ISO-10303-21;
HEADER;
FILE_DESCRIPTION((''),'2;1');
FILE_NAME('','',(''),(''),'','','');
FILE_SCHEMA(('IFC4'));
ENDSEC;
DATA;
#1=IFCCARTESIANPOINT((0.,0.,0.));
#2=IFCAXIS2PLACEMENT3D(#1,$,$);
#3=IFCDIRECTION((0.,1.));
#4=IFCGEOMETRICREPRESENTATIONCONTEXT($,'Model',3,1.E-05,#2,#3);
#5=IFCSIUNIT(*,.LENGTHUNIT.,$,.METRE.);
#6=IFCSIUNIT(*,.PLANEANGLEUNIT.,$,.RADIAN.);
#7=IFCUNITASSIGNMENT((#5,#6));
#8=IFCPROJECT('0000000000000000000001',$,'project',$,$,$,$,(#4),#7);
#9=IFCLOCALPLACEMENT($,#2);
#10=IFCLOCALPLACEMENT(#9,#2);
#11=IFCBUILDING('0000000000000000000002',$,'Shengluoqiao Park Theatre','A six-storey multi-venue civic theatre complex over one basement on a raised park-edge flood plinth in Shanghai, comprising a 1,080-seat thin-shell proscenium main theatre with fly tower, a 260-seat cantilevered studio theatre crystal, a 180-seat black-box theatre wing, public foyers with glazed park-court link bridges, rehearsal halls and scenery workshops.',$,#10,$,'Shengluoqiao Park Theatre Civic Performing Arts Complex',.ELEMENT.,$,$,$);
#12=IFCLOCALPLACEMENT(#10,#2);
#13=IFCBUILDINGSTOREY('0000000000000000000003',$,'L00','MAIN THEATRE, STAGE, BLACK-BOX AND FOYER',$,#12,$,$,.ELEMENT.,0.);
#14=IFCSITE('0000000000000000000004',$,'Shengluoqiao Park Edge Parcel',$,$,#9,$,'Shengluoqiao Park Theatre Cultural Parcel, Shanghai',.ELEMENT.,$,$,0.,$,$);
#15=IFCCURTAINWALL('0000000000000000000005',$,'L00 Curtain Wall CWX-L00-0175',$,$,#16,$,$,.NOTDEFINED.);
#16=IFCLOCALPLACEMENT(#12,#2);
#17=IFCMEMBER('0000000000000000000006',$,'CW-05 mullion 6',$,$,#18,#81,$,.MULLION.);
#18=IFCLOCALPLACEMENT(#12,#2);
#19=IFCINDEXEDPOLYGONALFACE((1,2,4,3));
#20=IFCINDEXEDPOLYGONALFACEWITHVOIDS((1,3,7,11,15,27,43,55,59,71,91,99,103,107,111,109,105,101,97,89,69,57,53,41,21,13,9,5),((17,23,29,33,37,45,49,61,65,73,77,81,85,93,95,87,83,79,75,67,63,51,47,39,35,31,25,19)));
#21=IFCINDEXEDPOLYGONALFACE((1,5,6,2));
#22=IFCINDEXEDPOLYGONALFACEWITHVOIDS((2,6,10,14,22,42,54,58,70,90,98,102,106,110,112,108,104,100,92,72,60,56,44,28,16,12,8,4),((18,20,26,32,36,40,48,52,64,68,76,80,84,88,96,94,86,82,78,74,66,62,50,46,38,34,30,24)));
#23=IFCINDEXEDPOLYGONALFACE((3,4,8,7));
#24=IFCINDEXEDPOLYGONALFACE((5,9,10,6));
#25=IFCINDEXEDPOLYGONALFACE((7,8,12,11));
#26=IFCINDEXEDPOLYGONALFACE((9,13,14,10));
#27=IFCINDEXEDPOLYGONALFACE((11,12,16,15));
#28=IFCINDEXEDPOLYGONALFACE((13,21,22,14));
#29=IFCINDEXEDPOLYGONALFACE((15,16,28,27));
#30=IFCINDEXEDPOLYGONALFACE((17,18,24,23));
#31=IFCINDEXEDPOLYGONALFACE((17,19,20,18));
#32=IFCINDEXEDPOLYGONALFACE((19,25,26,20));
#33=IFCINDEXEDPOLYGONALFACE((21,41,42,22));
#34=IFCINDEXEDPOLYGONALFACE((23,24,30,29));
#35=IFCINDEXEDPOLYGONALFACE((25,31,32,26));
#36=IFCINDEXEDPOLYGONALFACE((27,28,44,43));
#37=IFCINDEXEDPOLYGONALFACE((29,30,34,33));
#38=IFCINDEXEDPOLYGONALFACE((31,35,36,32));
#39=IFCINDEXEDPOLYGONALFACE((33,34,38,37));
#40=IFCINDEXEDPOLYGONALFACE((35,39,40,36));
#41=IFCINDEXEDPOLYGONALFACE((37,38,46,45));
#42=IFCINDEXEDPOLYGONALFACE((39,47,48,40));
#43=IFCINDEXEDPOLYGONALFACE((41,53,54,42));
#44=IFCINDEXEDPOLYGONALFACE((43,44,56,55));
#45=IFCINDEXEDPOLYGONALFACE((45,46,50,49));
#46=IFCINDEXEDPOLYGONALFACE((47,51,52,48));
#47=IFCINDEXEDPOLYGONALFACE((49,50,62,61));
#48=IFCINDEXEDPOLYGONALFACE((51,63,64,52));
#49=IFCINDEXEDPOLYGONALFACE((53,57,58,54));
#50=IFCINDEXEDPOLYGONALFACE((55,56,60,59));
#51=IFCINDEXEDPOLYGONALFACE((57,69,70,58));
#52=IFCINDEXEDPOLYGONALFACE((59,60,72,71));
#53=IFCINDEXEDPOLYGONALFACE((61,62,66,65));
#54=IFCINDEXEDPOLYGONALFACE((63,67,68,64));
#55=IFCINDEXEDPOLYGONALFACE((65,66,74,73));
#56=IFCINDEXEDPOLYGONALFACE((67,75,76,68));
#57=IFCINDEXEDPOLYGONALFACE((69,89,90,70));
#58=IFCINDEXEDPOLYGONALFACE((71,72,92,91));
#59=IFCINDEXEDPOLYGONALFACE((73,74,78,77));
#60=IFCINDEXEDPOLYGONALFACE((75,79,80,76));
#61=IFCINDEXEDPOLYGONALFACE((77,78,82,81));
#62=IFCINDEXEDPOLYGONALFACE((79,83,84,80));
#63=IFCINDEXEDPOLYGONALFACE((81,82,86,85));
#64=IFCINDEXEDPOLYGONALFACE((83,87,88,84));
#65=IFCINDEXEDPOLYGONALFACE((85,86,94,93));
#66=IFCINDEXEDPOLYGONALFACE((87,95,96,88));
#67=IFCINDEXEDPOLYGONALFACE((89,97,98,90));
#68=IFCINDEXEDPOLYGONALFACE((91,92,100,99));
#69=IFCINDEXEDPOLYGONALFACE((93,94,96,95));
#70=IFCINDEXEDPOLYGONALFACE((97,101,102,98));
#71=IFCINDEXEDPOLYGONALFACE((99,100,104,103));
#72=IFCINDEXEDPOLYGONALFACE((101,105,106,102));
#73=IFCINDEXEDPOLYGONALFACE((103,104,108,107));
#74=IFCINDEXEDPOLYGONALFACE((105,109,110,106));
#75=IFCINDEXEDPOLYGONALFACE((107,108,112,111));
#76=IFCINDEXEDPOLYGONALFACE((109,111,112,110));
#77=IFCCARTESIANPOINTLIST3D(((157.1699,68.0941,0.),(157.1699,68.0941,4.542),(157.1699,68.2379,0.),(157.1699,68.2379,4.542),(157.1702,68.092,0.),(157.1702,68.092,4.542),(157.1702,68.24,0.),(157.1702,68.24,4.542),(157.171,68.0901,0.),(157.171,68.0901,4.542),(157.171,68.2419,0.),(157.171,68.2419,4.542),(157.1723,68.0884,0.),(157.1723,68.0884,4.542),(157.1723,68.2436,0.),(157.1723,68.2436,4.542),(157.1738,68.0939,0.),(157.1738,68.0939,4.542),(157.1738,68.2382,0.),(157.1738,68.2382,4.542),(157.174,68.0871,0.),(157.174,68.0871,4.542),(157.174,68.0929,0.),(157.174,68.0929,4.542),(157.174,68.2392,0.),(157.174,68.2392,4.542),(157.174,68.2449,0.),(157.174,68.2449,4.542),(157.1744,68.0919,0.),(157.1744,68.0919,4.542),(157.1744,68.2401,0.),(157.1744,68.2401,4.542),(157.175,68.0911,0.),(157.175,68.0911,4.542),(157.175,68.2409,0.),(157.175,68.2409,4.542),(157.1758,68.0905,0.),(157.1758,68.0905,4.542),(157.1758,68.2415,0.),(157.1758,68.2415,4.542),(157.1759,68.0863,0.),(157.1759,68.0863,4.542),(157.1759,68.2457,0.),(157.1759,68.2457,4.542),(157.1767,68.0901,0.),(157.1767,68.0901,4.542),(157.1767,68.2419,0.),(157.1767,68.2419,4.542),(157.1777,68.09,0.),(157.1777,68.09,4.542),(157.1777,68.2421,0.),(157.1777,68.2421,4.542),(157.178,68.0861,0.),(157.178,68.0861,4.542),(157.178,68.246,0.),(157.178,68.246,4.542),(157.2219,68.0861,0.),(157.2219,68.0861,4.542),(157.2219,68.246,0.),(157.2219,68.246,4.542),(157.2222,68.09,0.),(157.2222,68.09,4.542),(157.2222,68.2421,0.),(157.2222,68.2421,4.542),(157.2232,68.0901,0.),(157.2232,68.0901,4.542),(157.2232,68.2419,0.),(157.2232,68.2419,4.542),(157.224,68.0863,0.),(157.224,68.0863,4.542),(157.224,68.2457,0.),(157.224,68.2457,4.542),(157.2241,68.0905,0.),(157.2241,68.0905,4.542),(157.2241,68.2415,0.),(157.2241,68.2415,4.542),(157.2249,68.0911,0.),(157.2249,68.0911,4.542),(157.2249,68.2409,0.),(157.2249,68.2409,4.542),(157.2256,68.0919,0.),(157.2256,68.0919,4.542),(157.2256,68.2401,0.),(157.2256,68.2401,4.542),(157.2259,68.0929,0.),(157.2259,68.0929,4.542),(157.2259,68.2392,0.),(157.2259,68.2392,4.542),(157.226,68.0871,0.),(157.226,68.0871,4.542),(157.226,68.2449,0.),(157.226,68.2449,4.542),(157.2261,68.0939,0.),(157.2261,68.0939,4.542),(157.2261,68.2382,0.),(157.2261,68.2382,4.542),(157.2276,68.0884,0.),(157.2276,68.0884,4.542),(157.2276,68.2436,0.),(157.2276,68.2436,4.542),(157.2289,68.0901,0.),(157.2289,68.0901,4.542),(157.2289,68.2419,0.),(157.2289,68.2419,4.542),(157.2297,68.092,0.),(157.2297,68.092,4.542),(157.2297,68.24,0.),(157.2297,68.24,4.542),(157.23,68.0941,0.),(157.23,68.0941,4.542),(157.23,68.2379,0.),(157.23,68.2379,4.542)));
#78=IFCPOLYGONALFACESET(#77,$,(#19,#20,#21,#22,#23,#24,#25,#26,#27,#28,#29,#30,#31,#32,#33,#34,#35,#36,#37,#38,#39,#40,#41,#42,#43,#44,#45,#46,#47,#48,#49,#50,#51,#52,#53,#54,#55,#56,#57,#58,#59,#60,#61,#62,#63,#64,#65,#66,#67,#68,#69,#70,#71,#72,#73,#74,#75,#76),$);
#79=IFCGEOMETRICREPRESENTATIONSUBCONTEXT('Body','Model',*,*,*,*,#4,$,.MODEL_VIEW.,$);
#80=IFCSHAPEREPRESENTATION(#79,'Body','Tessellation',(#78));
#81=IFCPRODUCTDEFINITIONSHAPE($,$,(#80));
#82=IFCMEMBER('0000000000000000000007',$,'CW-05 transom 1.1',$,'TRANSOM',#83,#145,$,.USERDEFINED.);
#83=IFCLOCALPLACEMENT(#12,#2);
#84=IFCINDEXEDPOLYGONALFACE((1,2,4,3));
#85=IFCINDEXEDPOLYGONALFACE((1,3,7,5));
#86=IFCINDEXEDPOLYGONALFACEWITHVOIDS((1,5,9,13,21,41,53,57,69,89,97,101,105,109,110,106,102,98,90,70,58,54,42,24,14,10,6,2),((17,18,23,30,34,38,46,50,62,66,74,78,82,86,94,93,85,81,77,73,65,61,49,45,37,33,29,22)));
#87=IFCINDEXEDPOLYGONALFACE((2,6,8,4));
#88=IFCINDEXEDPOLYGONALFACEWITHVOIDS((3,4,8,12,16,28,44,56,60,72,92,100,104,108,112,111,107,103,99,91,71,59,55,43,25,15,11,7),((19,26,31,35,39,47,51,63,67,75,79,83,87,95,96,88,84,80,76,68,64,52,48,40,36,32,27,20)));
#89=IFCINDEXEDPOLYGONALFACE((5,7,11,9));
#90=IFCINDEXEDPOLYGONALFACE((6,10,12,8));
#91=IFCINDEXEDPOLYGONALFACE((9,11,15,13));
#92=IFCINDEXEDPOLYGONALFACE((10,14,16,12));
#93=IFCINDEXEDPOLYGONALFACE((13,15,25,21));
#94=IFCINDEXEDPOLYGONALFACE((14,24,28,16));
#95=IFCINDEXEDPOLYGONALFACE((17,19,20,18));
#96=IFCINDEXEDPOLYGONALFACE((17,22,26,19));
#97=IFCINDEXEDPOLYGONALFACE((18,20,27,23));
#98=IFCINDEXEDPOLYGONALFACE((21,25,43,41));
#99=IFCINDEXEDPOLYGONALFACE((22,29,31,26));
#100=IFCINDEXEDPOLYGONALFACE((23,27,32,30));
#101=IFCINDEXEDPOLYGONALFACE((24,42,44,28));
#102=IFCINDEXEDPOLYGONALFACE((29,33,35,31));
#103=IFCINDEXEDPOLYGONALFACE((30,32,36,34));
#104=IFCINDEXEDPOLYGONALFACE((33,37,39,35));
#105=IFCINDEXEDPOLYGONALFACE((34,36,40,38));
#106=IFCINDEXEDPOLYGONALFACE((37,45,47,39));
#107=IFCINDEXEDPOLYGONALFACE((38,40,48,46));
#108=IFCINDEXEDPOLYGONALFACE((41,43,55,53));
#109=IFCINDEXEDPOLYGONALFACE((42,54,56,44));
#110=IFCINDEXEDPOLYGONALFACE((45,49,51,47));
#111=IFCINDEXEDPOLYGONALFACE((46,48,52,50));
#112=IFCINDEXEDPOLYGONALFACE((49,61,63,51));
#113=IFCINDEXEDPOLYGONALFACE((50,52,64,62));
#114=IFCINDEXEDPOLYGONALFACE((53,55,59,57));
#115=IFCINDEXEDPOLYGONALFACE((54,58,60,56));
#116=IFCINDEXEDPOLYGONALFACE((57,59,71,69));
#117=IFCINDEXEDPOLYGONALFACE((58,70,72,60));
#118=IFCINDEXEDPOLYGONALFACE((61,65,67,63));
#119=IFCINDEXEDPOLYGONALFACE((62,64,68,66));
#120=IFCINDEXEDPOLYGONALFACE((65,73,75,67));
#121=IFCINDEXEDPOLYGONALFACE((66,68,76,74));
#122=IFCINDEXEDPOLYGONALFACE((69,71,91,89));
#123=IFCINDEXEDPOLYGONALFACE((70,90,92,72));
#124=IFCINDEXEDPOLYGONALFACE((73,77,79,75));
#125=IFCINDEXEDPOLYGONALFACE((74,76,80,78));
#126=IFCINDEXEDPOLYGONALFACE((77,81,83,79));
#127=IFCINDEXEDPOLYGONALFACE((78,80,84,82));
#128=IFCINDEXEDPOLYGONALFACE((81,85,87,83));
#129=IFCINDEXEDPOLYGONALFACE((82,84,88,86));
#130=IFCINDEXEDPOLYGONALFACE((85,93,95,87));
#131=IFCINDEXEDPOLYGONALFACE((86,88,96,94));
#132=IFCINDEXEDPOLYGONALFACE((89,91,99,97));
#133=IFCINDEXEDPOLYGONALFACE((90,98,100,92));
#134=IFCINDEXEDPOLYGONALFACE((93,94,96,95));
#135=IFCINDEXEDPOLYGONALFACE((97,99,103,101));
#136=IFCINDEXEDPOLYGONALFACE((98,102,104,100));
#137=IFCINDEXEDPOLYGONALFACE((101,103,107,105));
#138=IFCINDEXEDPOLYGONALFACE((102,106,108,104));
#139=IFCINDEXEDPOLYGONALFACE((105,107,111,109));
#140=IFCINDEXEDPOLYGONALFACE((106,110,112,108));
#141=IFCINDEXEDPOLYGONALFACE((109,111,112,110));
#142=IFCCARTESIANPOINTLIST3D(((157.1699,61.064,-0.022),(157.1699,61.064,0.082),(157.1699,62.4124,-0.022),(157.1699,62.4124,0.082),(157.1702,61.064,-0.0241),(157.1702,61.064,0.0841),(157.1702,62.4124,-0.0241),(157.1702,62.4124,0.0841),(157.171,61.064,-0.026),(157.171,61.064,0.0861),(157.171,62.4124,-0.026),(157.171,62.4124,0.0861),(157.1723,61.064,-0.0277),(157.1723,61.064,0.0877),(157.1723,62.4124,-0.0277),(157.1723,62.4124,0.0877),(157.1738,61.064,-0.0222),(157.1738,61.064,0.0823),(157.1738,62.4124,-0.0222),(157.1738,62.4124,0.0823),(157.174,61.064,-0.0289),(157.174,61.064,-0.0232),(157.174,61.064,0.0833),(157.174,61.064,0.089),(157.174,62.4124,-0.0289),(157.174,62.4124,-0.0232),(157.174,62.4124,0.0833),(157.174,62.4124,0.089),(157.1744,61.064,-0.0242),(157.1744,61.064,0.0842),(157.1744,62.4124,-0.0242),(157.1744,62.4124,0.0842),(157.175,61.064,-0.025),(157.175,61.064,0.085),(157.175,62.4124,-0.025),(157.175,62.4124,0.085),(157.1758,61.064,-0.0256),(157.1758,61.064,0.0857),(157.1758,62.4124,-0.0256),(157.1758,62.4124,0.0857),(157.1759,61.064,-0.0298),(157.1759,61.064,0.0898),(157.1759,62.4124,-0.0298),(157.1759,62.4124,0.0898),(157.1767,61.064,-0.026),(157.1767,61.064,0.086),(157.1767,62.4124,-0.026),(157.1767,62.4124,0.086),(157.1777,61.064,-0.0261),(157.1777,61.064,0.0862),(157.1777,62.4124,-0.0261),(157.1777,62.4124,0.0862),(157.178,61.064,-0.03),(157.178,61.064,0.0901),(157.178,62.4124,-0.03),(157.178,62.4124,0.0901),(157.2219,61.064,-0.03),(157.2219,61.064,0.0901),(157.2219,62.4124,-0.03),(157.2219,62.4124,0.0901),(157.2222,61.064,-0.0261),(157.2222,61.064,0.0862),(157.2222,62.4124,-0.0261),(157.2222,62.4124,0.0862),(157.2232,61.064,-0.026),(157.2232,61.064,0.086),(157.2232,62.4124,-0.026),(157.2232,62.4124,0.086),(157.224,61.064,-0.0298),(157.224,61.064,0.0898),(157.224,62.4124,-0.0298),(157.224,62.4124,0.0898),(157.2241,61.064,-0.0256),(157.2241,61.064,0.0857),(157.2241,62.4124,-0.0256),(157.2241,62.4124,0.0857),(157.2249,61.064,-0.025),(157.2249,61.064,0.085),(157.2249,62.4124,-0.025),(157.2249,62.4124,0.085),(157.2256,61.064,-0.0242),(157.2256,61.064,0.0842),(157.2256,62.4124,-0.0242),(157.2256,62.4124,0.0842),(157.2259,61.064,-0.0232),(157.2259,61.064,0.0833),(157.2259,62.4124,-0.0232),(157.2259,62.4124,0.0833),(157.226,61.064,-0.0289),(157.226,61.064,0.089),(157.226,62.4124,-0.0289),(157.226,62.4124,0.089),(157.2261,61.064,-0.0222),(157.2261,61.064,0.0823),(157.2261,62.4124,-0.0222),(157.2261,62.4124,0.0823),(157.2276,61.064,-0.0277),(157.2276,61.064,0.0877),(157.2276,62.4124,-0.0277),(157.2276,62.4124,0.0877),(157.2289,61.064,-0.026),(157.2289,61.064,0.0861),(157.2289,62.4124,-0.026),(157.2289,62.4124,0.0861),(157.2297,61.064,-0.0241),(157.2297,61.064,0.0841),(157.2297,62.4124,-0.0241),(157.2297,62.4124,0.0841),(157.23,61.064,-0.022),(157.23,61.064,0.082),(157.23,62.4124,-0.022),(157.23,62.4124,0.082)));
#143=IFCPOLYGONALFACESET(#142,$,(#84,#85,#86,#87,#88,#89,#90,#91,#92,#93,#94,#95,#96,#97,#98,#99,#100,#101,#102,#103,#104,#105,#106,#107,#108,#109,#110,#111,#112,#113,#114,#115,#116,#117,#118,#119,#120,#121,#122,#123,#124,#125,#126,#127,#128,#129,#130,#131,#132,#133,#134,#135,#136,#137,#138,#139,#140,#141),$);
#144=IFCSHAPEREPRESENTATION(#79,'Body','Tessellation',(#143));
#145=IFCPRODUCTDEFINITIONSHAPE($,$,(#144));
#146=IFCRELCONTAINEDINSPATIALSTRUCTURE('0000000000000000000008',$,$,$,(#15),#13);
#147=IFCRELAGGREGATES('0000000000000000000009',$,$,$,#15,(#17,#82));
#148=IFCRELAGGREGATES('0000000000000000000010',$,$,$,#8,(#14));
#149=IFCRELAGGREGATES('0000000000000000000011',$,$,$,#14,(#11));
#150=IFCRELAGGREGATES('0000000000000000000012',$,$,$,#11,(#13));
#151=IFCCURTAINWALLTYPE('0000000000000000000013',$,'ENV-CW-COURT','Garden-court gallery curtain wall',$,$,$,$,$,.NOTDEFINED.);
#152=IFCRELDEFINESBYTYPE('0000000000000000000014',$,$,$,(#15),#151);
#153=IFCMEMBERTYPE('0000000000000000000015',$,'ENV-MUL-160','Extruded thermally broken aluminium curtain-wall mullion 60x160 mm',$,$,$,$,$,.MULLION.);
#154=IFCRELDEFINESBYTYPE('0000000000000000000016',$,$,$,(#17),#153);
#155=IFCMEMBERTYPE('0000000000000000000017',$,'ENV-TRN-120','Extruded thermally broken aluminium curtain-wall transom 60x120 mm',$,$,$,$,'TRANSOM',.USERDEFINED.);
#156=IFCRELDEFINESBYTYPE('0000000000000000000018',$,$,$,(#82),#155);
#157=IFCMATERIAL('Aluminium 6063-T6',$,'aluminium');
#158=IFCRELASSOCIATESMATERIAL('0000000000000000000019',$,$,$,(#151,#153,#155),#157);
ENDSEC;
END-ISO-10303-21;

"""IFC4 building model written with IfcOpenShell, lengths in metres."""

from ifc_helpers import new_model, si_unit, direction, frame, origin, origin_2d, place, context, subcontext, project, spatial, hollow_rectangle, extrude, material, material_profile, profile_set, type_object, element, aggregate, save


model = new_model("IFC4")

# Units and contexts
model_context = context("Model", 3, precision=1e-05, world=origin(), true_north=direction((0.0, 1.0)))
body_context = subcontext(model_context, "Body", "Model", "MODEL_VIEW")
ifc_project = project(units=[si_unit("LENGTHUNIT", "METRE"), si_unit("PLANEANGLEUNIT", "RADIAN")], contexts=[model_context])

# Site, building, storey
site_placement = place(None, origin())
site = spatial("IfcSite", under=ifc_project, at=site_placement, Name="Shengluoqiao Park Edge Parcel", LongName="Shengluoqiao Park Theatre Cultural Parcel, Shanghai", CompositionType="ELEMENT", RefElevation=0.0)
building_placement = place(site_placement, origin())
building = spatial("IfcBuilding", under=site, at=building_placement, Name="Shengluoqiao Park Theatre", Description="A six-storey multi-venue civic theatre complex over one basement on a raised park-edge flood plinth in Shanghai, comprising a 1,080-seat thin-shell proscenium main theatre with fly tower, a 260-seat cantilevered studio theatre crystal, a 180-seat black-box theatre wing, public foyers with glazed park-court link bridges, rehearsal halls and scenery workshops.", LongName="Shengluoqiao Park Theatre Civic Performing Arts Complex", CompositionType="ELEMENT")
storey_placement = place(building_placement, origin())
storey = spatial("IfcBuildingStorey", under=building, at=storey_placement, Name="L00", Description="MAIN THEATRE, STAGE, BLACK-BOX AND FOYER", CompositionType="ELEMENT", Elevation=0.0)

# Curtain wall, members
ifc_material_1 = material(Name="Aluminium 6063-T6", Category="aluminium")
curtain_wall_type = type_object("IfcCurtainWallType", Name="ENV-CW-COURT", Description="Garden-court gallery curtain wall", PredefinedType="NOTDEFINED", material=ifc_material_1)
curtain_wall_placement = place(storey_placement, origin())
curtain_wall = element("IfcCurtainWall", 1, at=curtain_wall_placement, inside=storey, type_object=curtain_wall_type, Name="L00 Curtain Wall CWX-L00-0175", PredefinedType="NOTDEFINED")
ifc_material_profile_1 = material_profile(ifc_material_1, hollow_rectangle(XDim=0.0601, YDim=0.1599, WallThickness=0.0039, InnerFilletRadius=0.0039, OuterFilletRadius=0.0081, at=origin_2d()), Name="ALU MULLION 160x60x4")
ifc_profile_set_1 = profile_set([ifc_material_profile_1], Name="Aluminium 6063-T6")
member_type_1 = type_object("IfcMemberType", Name="ENV-MUL-160", Description="Extruded thermally broken aluminium curtain-wall mullion 60x160 mm", PredefinedType="MULLION", material=ifc_profile_set_1)
member_1_placement = place(storey_placement, frame((157.2, 68.166, 0.0), z_axis=(0.0, 0.0, 1.0), x_axis=(-1.0, 0.0, 0.0)))
member_1 = element("IfcMember", 2, at=member_1_placement, type_object=member_type_1, Name="CW-05 mullion 6", PredefinedType="MULLION", context=body_context, shape_type="SweptSolid", body=[
    extrude(hollow_rectangle(XDim=0.0601, YDim=0.1599, WallThickness=0.0039, InnerFilletRadius=0.0039, OuterFilletRadius=0.0081, at=origin_2d()), origin(), (0.0, 0.0, 1.0), 4.542),
])
ifc_material_profile_2 = material_profile(ifc_material_1, hollow_rectangle(XDim=0.0601, YDim=0.1201, WallThickness=0.0039, InnerFilletRadius=0.0039, OuterFilletRadius=0.0081, at=origin_2d()), Name="ALU TRANSOM 120x60x4")
ifc_profile_set_2 = profile_set([ifc_material_profile_2], Name="Aluminium 6063-T6")
member_type_2 = type_object("IfcMemberType", Name="ENV-TRN-120", Description="Extruded thermally broken aluminium curtain-wall transom 60x120 mm", ElementType="TRANSOM", PredefinedType="USERDEFINED", material=ifc_profile_set_2)
member_2_placement = place(storey_placement, frame((157.2, 61.064, 0.03), z_axis=(0.0, 1.0, 0.0), x_axis=(-1.0, 0.0, 0.0)))
member_2 = element("IfcMember", 3, at=member_2_placement, type_object=member_type_2, Name="CW-05 transom 1.1", ObjectType="TRANSOM", PredefinedType="USERDEFINED", context=body_context, shape_type="SweptSolid", body=[
    extrude(hollow_rectangle(XDim=0.0601, YDim=0.1201, WallThickness=0.0039, InnerFilletRadius=0.0039, OuterFilletRadius=0.0081, at=origin_2d()), origin(), (0.0, 0.0, 1.0), 1.3484),
])
aggregate(curtain_wall, [member_1, member_2])

save(model, "model.ifc")
